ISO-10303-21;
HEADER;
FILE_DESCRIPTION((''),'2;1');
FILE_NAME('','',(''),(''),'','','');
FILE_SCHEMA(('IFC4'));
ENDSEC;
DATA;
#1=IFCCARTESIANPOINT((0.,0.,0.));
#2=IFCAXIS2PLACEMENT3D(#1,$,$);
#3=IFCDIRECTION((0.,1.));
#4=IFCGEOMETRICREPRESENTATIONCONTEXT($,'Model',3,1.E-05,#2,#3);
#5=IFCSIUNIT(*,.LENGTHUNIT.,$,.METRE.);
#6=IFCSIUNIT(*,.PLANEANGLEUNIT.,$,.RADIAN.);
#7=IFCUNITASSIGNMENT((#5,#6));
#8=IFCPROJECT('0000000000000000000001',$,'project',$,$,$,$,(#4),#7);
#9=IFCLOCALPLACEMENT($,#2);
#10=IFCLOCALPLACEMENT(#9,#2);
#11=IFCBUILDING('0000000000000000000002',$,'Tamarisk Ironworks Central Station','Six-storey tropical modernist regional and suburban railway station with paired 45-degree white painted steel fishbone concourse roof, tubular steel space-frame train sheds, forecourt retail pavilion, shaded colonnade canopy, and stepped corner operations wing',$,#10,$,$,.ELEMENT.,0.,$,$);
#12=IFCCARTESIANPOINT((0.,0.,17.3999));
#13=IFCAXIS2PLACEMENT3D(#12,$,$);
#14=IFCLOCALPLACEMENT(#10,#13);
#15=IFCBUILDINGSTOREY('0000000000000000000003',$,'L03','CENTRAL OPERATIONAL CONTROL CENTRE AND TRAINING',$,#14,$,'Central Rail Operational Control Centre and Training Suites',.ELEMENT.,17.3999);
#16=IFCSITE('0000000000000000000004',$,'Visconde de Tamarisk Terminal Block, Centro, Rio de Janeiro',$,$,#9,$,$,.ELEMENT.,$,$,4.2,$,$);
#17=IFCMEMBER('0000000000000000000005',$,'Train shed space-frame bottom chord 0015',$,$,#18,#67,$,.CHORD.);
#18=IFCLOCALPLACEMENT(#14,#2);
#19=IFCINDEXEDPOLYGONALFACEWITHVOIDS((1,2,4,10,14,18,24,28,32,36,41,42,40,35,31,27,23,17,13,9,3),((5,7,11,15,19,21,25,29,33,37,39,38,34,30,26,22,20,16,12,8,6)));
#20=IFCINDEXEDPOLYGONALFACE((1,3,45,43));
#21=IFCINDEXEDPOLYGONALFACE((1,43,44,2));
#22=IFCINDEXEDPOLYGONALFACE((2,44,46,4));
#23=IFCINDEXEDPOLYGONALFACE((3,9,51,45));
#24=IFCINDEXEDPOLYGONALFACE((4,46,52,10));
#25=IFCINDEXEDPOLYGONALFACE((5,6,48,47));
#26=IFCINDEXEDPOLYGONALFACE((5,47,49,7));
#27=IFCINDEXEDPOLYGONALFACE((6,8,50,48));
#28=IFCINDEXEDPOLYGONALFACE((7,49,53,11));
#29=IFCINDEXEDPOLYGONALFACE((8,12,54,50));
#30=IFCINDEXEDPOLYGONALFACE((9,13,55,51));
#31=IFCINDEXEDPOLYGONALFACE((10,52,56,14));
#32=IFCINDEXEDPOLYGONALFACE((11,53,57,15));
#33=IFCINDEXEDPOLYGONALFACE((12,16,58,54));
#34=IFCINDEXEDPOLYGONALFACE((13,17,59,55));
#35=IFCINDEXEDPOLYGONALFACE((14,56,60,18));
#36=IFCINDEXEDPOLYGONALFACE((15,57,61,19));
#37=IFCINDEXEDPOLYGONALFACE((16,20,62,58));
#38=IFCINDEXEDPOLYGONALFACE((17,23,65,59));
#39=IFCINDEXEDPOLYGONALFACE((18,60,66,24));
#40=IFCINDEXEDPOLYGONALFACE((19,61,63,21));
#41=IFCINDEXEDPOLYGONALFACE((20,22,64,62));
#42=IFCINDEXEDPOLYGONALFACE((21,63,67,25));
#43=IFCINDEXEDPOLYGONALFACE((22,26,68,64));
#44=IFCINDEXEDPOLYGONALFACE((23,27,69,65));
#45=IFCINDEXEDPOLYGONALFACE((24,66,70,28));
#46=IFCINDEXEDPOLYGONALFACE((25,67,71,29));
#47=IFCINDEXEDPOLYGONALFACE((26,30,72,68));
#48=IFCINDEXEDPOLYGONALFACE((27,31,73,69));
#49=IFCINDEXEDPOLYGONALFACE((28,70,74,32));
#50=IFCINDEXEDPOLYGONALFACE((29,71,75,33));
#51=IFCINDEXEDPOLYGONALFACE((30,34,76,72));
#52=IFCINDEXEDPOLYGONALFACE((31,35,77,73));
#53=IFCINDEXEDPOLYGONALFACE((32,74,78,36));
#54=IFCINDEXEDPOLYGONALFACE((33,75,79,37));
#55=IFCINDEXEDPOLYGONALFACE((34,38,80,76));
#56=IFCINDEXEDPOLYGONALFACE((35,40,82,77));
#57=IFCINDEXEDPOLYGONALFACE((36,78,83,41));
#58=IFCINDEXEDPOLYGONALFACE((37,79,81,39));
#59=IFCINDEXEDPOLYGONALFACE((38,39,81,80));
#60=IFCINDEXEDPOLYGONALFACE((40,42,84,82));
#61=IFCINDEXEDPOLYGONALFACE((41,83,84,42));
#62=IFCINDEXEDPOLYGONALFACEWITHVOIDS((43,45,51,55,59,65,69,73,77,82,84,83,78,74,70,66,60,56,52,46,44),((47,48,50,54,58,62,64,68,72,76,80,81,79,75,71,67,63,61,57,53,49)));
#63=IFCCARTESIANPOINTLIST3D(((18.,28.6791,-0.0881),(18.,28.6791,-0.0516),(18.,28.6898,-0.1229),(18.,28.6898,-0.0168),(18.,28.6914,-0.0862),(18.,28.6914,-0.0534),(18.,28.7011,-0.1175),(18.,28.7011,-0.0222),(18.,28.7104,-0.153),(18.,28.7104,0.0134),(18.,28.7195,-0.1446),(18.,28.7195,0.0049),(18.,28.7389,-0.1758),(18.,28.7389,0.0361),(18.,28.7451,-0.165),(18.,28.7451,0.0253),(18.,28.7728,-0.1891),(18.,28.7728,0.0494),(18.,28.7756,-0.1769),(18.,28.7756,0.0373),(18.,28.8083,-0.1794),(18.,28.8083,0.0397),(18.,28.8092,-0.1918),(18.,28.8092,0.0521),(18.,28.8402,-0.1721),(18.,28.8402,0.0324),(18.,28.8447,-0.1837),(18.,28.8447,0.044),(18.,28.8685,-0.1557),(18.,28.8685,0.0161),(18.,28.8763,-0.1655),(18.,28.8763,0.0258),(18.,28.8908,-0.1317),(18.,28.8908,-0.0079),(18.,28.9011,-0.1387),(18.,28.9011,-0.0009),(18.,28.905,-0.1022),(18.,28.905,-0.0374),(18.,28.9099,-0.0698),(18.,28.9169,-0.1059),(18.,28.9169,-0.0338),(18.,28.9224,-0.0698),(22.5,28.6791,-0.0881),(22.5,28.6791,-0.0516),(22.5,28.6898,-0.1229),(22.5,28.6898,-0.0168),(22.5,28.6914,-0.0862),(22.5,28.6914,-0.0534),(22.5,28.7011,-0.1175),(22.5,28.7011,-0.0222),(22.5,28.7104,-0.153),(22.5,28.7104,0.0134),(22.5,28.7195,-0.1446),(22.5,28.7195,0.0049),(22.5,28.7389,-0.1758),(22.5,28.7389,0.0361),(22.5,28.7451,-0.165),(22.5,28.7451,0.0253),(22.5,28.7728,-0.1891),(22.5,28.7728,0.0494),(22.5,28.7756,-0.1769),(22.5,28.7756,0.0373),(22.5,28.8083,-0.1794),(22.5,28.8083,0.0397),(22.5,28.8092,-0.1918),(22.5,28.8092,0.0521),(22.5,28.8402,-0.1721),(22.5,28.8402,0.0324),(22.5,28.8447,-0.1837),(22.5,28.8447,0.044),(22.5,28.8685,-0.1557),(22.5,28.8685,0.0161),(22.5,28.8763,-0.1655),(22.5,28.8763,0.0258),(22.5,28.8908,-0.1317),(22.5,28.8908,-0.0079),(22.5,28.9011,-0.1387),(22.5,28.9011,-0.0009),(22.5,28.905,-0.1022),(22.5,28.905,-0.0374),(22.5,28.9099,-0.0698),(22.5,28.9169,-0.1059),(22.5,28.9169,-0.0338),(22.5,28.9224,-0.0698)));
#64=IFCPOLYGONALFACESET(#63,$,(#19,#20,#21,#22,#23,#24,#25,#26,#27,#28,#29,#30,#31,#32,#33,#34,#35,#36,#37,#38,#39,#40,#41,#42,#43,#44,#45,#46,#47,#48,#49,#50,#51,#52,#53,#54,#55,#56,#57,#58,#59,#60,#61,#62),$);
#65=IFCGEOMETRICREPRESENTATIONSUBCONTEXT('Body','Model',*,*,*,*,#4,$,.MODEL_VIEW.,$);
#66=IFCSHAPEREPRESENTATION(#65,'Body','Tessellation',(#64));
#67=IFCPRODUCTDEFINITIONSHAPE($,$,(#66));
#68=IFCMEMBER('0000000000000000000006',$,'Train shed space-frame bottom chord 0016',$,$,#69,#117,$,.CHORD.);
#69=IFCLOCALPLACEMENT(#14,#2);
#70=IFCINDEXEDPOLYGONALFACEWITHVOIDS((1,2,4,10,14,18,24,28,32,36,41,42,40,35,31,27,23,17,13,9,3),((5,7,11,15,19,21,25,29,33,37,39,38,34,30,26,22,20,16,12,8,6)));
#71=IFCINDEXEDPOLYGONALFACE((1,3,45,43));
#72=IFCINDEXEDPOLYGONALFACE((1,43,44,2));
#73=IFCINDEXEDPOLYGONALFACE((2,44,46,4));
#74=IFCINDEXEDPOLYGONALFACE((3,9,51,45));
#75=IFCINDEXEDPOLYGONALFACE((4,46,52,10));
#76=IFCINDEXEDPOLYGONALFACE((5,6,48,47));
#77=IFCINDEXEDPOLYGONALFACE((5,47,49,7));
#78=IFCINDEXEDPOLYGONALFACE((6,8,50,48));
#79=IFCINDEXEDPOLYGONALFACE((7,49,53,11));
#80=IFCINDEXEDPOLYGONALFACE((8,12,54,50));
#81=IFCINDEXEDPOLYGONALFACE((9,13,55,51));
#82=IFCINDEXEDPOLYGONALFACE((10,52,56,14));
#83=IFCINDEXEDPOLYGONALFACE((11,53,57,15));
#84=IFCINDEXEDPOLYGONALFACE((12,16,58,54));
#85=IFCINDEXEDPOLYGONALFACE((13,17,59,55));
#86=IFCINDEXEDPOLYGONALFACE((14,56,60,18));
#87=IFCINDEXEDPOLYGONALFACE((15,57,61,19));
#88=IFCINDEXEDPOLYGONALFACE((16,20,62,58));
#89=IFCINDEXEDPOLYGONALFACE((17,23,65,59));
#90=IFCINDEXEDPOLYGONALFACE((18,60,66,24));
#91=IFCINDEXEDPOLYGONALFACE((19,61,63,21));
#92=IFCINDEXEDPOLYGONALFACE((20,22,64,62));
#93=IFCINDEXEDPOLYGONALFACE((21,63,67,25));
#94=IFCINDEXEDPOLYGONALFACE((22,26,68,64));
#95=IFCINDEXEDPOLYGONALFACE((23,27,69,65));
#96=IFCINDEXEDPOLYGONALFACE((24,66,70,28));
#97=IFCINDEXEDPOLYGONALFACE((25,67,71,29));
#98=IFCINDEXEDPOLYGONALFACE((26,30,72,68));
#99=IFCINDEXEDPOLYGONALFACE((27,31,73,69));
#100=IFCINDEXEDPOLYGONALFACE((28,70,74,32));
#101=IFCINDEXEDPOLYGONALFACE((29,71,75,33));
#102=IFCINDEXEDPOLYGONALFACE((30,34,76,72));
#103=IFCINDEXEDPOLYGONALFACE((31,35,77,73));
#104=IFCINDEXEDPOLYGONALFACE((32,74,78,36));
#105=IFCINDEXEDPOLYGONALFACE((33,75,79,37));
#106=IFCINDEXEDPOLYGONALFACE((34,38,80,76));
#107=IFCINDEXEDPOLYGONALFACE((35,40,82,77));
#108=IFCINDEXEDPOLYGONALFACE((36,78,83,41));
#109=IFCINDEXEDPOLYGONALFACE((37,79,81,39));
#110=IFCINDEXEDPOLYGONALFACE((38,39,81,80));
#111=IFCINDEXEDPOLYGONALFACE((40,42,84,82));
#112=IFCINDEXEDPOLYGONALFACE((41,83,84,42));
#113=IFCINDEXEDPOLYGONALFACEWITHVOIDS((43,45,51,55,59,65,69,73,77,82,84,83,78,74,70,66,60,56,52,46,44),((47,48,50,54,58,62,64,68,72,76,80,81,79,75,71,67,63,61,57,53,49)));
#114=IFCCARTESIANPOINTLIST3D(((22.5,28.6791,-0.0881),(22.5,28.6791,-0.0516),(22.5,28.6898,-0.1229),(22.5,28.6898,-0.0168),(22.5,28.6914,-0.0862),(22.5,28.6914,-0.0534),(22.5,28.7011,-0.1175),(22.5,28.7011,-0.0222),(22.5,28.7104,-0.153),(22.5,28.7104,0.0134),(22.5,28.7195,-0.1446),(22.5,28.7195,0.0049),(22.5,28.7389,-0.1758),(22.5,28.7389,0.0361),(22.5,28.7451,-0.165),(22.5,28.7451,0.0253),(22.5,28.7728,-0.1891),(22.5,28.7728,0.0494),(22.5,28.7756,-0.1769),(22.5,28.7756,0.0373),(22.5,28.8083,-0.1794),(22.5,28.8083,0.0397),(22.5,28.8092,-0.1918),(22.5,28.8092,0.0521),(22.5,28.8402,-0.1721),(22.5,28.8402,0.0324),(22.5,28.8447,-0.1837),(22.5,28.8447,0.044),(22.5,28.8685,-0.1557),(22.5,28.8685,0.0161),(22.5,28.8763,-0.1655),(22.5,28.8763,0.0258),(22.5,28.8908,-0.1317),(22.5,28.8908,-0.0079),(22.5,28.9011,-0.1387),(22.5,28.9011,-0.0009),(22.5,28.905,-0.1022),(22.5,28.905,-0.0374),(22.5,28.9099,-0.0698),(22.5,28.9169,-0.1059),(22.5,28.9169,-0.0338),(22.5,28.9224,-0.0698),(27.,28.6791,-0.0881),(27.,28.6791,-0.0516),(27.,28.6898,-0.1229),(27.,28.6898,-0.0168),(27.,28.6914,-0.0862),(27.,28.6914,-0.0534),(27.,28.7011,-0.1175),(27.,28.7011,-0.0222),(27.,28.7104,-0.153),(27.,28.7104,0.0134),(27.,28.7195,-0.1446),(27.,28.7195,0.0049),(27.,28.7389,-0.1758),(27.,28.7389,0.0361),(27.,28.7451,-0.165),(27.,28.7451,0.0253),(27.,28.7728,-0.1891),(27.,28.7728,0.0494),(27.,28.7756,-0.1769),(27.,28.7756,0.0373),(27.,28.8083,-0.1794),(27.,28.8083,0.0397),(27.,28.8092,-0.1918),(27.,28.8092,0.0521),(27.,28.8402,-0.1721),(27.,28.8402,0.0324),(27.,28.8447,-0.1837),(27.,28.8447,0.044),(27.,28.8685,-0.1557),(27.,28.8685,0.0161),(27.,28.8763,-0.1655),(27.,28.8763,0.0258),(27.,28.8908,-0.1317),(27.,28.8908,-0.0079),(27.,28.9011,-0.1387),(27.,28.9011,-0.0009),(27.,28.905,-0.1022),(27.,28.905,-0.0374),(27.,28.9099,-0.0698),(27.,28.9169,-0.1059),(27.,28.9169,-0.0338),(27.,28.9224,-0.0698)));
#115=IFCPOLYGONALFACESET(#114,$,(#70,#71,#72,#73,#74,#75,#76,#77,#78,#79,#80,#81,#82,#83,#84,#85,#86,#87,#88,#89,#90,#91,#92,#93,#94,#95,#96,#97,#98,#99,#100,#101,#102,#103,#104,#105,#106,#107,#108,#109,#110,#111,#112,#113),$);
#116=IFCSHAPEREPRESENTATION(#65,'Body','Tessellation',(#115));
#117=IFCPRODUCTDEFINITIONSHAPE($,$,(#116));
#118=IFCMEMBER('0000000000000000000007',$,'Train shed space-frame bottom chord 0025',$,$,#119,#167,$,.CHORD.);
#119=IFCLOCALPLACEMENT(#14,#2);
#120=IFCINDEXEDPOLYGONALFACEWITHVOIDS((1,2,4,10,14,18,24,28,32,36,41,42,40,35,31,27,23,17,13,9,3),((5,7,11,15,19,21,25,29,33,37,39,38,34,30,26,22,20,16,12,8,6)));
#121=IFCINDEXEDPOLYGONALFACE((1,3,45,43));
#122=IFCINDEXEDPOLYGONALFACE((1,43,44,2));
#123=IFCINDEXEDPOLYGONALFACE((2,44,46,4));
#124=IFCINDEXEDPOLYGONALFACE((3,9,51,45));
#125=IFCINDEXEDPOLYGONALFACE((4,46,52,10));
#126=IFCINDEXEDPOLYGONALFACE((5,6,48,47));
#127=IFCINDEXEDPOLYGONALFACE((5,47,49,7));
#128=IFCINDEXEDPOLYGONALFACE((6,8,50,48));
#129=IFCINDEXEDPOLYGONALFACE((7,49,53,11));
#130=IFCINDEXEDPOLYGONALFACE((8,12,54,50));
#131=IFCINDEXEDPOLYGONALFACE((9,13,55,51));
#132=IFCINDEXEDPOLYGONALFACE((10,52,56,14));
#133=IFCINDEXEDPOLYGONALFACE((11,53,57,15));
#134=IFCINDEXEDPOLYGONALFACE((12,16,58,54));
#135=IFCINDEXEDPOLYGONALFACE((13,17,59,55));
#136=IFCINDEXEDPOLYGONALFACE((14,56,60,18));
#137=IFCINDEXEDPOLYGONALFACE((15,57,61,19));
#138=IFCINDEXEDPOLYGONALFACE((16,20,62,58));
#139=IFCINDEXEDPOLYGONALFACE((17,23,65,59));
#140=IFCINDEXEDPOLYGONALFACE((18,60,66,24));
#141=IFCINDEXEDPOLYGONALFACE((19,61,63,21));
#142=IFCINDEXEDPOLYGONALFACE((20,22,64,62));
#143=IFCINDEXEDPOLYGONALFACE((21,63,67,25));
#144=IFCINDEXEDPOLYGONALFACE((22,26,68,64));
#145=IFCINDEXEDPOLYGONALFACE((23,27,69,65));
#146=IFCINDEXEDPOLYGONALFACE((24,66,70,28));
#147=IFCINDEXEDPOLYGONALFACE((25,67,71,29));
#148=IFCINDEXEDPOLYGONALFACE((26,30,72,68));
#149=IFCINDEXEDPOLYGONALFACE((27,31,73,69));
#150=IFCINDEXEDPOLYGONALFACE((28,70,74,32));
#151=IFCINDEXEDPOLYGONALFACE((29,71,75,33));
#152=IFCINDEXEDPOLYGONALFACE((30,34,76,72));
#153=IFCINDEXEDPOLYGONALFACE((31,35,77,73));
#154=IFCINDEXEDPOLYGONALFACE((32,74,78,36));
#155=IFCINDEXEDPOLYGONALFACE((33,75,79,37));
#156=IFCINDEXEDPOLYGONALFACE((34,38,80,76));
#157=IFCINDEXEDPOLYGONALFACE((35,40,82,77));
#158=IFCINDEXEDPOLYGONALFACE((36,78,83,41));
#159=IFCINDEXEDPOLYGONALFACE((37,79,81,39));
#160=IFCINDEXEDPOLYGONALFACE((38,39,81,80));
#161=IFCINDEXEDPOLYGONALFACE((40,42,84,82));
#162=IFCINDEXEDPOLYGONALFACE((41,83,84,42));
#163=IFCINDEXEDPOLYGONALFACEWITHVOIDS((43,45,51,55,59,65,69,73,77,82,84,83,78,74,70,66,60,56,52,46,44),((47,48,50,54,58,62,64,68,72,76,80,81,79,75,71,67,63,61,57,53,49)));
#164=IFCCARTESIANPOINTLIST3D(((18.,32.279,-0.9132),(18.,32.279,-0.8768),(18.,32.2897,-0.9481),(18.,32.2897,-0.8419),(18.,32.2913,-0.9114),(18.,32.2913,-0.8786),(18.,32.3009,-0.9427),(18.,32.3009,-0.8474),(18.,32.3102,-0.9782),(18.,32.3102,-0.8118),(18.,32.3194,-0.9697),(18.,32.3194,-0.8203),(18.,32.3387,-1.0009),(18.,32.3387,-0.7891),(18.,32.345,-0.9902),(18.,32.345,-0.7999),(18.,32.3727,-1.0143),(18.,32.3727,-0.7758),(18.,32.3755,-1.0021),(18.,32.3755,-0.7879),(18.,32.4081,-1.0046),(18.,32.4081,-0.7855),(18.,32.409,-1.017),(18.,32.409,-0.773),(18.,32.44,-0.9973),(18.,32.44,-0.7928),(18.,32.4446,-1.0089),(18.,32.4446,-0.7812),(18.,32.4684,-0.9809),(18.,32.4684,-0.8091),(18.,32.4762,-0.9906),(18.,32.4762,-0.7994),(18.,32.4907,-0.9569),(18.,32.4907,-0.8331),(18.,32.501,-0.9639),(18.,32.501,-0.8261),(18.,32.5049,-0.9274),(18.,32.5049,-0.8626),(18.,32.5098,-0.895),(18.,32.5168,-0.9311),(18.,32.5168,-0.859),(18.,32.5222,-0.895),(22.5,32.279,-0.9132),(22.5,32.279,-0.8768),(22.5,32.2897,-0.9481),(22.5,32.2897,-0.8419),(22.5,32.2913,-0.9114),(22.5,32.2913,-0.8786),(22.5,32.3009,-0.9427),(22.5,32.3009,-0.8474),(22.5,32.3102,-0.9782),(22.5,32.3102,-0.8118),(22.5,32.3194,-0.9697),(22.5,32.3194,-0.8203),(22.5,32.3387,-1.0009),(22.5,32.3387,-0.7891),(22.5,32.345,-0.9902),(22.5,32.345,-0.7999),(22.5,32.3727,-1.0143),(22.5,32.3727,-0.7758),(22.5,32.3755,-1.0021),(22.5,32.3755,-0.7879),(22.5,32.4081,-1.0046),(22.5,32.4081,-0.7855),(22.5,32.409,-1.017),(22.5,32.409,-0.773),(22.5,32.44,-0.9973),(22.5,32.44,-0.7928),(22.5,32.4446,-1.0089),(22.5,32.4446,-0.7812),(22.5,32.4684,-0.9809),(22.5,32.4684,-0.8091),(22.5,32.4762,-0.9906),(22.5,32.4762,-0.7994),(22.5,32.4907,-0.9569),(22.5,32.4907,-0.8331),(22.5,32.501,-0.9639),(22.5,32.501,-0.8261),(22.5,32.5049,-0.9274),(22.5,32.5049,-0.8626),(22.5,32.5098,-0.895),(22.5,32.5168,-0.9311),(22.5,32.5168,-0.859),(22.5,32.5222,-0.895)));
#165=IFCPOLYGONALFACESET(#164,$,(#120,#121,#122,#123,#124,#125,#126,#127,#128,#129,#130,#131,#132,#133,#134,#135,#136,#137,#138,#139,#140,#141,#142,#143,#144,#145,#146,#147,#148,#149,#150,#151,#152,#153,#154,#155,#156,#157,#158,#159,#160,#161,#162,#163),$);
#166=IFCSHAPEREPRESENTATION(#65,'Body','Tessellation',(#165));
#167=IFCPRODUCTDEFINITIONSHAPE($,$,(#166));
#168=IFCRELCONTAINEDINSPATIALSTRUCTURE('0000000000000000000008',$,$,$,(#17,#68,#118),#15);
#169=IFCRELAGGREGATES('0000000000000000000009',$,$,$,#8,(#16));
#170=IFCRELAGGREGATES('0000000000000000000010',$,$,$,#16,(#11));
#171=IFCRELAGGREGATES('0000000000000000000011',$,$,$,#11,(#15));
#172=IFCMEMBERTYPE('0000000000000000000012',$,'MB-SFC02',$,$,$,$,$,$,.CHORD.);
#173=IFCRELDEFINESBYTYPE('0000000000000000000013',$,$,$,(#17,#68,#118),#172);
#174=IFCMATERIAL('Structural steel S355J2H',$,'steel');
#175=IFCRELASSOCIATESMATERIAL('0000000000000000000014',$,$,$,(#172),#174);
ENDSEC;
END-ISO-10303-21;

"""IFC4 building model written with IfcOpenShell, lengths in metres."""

from ifc_helpers import new_model, si_unit, direction, frame, origin, origin_2d, place, context, subcontext, project, spatial, hollow_circle, extrude, material, material_profile, profile_set, type_object, element, save


model = new_model("IFC4")

# Units and contexts
model_context = context("Model", 3, precision=1e-05, world=origin(), true_north=direction((0.0, 1.0)))
body_context = subcontext(model_context, "Body", "Model", "MODEL_VIEW")
ifc_project = project(units=[si_unit("LENGTHUNIT", "METRE"), si_unit("PLANEANGLEUNIT", "RADIAN")], contexts=[model_context])

# Site, building, storey
site_placement = place(None, origin())
site = spatial("IfcSite", under=ifc_project, at=site_placement, Name="Visconde de Tamarisk Terminal Block, Centro, Rio de Janeiro", CompositionType="ELEMENT", RefElevation=4.2)
building_placement = place(site_placement, origin())
building = spatial("IfcBuilding", under=site, at=building_placement, Name="Tamarisk Ironworks Central Station", Description="Six-storey tropical modernist regional and suburban railway station with paired 45-degree white painted steel fishbone concourse roof, tubular steel space-frame train sheds, forecourt retail pavilion, shaded colonnade canopy, and stepped corner operations wing", CompositionType="ELEMENT", ElevationOfRefHeight=0.0)
storey_placement = place(building_placement, frame((0.0, 0.0, 17.3999)))
storey = spatial("IfcBuildingStorey", under=building, at=storey_placement, Name="L03", Description="CENTRAL OPERATIONAL CONTROL CENTRE AND TRAINING", LongName="Central Rail Operational Control Centre and Training Suites", CompositionType="ELEMENT", Elevation=17.3999)

# Members
ifc_material = material(Name="Structural steel S355J2H", Category="steel")
ifc_material_profile_1 = material_profile(ifc_material, hollow_circle(Radius=0.1223, WallThickness=0.0125, at=origin_2d()), Name="CHS 244.5x12.5")
ifc_profile_set_1 = profile_set([ifc_material_profile_1], Name="Structural steel S355J2H")
member_type_1 = type_object("IfcMemberType", Name="MB-SFC02", PredefinedType="CHORD", material=ifc_profile_set_1)
for number, where, z_axis, x_axis, name in (
    (1, (18.0, 28.8, -0.0698), (1.0, 0.0, 0.0), (0.0, 1.0, 0.0), "Train shed space-frame bottom chord 0015"),
    (2, (22.5, 28.8, -0.0698), (1.0, 0.0, 0.0), (0.0, 1.0, 0.0), "Train shed space-frame bottom chord 0016"),
    (3, (18.0, 32.3999, -0.895), (1.0, 0.0, 0.0), (0.0, 1.0, 0.0), "Train shed space-frame bottom chord 0025"),
):
    element("IfcMember", number, at=place(storey_placement, frame(where, z_axis=z_axis, x_axis=x_axis)), inside=storey, type_object=member_type_1, Name=name, PredefinedType="CHORD", context=body_context, shape_type="SweptSolid", body=[
        extrude(hollow_circle(Radius=0.1223, WallThickness=0.0125, at=origin_2d()), origin(), (0.0, 0.0, 1.0), 4.5),
    ])

save(model, "model.ifc")
